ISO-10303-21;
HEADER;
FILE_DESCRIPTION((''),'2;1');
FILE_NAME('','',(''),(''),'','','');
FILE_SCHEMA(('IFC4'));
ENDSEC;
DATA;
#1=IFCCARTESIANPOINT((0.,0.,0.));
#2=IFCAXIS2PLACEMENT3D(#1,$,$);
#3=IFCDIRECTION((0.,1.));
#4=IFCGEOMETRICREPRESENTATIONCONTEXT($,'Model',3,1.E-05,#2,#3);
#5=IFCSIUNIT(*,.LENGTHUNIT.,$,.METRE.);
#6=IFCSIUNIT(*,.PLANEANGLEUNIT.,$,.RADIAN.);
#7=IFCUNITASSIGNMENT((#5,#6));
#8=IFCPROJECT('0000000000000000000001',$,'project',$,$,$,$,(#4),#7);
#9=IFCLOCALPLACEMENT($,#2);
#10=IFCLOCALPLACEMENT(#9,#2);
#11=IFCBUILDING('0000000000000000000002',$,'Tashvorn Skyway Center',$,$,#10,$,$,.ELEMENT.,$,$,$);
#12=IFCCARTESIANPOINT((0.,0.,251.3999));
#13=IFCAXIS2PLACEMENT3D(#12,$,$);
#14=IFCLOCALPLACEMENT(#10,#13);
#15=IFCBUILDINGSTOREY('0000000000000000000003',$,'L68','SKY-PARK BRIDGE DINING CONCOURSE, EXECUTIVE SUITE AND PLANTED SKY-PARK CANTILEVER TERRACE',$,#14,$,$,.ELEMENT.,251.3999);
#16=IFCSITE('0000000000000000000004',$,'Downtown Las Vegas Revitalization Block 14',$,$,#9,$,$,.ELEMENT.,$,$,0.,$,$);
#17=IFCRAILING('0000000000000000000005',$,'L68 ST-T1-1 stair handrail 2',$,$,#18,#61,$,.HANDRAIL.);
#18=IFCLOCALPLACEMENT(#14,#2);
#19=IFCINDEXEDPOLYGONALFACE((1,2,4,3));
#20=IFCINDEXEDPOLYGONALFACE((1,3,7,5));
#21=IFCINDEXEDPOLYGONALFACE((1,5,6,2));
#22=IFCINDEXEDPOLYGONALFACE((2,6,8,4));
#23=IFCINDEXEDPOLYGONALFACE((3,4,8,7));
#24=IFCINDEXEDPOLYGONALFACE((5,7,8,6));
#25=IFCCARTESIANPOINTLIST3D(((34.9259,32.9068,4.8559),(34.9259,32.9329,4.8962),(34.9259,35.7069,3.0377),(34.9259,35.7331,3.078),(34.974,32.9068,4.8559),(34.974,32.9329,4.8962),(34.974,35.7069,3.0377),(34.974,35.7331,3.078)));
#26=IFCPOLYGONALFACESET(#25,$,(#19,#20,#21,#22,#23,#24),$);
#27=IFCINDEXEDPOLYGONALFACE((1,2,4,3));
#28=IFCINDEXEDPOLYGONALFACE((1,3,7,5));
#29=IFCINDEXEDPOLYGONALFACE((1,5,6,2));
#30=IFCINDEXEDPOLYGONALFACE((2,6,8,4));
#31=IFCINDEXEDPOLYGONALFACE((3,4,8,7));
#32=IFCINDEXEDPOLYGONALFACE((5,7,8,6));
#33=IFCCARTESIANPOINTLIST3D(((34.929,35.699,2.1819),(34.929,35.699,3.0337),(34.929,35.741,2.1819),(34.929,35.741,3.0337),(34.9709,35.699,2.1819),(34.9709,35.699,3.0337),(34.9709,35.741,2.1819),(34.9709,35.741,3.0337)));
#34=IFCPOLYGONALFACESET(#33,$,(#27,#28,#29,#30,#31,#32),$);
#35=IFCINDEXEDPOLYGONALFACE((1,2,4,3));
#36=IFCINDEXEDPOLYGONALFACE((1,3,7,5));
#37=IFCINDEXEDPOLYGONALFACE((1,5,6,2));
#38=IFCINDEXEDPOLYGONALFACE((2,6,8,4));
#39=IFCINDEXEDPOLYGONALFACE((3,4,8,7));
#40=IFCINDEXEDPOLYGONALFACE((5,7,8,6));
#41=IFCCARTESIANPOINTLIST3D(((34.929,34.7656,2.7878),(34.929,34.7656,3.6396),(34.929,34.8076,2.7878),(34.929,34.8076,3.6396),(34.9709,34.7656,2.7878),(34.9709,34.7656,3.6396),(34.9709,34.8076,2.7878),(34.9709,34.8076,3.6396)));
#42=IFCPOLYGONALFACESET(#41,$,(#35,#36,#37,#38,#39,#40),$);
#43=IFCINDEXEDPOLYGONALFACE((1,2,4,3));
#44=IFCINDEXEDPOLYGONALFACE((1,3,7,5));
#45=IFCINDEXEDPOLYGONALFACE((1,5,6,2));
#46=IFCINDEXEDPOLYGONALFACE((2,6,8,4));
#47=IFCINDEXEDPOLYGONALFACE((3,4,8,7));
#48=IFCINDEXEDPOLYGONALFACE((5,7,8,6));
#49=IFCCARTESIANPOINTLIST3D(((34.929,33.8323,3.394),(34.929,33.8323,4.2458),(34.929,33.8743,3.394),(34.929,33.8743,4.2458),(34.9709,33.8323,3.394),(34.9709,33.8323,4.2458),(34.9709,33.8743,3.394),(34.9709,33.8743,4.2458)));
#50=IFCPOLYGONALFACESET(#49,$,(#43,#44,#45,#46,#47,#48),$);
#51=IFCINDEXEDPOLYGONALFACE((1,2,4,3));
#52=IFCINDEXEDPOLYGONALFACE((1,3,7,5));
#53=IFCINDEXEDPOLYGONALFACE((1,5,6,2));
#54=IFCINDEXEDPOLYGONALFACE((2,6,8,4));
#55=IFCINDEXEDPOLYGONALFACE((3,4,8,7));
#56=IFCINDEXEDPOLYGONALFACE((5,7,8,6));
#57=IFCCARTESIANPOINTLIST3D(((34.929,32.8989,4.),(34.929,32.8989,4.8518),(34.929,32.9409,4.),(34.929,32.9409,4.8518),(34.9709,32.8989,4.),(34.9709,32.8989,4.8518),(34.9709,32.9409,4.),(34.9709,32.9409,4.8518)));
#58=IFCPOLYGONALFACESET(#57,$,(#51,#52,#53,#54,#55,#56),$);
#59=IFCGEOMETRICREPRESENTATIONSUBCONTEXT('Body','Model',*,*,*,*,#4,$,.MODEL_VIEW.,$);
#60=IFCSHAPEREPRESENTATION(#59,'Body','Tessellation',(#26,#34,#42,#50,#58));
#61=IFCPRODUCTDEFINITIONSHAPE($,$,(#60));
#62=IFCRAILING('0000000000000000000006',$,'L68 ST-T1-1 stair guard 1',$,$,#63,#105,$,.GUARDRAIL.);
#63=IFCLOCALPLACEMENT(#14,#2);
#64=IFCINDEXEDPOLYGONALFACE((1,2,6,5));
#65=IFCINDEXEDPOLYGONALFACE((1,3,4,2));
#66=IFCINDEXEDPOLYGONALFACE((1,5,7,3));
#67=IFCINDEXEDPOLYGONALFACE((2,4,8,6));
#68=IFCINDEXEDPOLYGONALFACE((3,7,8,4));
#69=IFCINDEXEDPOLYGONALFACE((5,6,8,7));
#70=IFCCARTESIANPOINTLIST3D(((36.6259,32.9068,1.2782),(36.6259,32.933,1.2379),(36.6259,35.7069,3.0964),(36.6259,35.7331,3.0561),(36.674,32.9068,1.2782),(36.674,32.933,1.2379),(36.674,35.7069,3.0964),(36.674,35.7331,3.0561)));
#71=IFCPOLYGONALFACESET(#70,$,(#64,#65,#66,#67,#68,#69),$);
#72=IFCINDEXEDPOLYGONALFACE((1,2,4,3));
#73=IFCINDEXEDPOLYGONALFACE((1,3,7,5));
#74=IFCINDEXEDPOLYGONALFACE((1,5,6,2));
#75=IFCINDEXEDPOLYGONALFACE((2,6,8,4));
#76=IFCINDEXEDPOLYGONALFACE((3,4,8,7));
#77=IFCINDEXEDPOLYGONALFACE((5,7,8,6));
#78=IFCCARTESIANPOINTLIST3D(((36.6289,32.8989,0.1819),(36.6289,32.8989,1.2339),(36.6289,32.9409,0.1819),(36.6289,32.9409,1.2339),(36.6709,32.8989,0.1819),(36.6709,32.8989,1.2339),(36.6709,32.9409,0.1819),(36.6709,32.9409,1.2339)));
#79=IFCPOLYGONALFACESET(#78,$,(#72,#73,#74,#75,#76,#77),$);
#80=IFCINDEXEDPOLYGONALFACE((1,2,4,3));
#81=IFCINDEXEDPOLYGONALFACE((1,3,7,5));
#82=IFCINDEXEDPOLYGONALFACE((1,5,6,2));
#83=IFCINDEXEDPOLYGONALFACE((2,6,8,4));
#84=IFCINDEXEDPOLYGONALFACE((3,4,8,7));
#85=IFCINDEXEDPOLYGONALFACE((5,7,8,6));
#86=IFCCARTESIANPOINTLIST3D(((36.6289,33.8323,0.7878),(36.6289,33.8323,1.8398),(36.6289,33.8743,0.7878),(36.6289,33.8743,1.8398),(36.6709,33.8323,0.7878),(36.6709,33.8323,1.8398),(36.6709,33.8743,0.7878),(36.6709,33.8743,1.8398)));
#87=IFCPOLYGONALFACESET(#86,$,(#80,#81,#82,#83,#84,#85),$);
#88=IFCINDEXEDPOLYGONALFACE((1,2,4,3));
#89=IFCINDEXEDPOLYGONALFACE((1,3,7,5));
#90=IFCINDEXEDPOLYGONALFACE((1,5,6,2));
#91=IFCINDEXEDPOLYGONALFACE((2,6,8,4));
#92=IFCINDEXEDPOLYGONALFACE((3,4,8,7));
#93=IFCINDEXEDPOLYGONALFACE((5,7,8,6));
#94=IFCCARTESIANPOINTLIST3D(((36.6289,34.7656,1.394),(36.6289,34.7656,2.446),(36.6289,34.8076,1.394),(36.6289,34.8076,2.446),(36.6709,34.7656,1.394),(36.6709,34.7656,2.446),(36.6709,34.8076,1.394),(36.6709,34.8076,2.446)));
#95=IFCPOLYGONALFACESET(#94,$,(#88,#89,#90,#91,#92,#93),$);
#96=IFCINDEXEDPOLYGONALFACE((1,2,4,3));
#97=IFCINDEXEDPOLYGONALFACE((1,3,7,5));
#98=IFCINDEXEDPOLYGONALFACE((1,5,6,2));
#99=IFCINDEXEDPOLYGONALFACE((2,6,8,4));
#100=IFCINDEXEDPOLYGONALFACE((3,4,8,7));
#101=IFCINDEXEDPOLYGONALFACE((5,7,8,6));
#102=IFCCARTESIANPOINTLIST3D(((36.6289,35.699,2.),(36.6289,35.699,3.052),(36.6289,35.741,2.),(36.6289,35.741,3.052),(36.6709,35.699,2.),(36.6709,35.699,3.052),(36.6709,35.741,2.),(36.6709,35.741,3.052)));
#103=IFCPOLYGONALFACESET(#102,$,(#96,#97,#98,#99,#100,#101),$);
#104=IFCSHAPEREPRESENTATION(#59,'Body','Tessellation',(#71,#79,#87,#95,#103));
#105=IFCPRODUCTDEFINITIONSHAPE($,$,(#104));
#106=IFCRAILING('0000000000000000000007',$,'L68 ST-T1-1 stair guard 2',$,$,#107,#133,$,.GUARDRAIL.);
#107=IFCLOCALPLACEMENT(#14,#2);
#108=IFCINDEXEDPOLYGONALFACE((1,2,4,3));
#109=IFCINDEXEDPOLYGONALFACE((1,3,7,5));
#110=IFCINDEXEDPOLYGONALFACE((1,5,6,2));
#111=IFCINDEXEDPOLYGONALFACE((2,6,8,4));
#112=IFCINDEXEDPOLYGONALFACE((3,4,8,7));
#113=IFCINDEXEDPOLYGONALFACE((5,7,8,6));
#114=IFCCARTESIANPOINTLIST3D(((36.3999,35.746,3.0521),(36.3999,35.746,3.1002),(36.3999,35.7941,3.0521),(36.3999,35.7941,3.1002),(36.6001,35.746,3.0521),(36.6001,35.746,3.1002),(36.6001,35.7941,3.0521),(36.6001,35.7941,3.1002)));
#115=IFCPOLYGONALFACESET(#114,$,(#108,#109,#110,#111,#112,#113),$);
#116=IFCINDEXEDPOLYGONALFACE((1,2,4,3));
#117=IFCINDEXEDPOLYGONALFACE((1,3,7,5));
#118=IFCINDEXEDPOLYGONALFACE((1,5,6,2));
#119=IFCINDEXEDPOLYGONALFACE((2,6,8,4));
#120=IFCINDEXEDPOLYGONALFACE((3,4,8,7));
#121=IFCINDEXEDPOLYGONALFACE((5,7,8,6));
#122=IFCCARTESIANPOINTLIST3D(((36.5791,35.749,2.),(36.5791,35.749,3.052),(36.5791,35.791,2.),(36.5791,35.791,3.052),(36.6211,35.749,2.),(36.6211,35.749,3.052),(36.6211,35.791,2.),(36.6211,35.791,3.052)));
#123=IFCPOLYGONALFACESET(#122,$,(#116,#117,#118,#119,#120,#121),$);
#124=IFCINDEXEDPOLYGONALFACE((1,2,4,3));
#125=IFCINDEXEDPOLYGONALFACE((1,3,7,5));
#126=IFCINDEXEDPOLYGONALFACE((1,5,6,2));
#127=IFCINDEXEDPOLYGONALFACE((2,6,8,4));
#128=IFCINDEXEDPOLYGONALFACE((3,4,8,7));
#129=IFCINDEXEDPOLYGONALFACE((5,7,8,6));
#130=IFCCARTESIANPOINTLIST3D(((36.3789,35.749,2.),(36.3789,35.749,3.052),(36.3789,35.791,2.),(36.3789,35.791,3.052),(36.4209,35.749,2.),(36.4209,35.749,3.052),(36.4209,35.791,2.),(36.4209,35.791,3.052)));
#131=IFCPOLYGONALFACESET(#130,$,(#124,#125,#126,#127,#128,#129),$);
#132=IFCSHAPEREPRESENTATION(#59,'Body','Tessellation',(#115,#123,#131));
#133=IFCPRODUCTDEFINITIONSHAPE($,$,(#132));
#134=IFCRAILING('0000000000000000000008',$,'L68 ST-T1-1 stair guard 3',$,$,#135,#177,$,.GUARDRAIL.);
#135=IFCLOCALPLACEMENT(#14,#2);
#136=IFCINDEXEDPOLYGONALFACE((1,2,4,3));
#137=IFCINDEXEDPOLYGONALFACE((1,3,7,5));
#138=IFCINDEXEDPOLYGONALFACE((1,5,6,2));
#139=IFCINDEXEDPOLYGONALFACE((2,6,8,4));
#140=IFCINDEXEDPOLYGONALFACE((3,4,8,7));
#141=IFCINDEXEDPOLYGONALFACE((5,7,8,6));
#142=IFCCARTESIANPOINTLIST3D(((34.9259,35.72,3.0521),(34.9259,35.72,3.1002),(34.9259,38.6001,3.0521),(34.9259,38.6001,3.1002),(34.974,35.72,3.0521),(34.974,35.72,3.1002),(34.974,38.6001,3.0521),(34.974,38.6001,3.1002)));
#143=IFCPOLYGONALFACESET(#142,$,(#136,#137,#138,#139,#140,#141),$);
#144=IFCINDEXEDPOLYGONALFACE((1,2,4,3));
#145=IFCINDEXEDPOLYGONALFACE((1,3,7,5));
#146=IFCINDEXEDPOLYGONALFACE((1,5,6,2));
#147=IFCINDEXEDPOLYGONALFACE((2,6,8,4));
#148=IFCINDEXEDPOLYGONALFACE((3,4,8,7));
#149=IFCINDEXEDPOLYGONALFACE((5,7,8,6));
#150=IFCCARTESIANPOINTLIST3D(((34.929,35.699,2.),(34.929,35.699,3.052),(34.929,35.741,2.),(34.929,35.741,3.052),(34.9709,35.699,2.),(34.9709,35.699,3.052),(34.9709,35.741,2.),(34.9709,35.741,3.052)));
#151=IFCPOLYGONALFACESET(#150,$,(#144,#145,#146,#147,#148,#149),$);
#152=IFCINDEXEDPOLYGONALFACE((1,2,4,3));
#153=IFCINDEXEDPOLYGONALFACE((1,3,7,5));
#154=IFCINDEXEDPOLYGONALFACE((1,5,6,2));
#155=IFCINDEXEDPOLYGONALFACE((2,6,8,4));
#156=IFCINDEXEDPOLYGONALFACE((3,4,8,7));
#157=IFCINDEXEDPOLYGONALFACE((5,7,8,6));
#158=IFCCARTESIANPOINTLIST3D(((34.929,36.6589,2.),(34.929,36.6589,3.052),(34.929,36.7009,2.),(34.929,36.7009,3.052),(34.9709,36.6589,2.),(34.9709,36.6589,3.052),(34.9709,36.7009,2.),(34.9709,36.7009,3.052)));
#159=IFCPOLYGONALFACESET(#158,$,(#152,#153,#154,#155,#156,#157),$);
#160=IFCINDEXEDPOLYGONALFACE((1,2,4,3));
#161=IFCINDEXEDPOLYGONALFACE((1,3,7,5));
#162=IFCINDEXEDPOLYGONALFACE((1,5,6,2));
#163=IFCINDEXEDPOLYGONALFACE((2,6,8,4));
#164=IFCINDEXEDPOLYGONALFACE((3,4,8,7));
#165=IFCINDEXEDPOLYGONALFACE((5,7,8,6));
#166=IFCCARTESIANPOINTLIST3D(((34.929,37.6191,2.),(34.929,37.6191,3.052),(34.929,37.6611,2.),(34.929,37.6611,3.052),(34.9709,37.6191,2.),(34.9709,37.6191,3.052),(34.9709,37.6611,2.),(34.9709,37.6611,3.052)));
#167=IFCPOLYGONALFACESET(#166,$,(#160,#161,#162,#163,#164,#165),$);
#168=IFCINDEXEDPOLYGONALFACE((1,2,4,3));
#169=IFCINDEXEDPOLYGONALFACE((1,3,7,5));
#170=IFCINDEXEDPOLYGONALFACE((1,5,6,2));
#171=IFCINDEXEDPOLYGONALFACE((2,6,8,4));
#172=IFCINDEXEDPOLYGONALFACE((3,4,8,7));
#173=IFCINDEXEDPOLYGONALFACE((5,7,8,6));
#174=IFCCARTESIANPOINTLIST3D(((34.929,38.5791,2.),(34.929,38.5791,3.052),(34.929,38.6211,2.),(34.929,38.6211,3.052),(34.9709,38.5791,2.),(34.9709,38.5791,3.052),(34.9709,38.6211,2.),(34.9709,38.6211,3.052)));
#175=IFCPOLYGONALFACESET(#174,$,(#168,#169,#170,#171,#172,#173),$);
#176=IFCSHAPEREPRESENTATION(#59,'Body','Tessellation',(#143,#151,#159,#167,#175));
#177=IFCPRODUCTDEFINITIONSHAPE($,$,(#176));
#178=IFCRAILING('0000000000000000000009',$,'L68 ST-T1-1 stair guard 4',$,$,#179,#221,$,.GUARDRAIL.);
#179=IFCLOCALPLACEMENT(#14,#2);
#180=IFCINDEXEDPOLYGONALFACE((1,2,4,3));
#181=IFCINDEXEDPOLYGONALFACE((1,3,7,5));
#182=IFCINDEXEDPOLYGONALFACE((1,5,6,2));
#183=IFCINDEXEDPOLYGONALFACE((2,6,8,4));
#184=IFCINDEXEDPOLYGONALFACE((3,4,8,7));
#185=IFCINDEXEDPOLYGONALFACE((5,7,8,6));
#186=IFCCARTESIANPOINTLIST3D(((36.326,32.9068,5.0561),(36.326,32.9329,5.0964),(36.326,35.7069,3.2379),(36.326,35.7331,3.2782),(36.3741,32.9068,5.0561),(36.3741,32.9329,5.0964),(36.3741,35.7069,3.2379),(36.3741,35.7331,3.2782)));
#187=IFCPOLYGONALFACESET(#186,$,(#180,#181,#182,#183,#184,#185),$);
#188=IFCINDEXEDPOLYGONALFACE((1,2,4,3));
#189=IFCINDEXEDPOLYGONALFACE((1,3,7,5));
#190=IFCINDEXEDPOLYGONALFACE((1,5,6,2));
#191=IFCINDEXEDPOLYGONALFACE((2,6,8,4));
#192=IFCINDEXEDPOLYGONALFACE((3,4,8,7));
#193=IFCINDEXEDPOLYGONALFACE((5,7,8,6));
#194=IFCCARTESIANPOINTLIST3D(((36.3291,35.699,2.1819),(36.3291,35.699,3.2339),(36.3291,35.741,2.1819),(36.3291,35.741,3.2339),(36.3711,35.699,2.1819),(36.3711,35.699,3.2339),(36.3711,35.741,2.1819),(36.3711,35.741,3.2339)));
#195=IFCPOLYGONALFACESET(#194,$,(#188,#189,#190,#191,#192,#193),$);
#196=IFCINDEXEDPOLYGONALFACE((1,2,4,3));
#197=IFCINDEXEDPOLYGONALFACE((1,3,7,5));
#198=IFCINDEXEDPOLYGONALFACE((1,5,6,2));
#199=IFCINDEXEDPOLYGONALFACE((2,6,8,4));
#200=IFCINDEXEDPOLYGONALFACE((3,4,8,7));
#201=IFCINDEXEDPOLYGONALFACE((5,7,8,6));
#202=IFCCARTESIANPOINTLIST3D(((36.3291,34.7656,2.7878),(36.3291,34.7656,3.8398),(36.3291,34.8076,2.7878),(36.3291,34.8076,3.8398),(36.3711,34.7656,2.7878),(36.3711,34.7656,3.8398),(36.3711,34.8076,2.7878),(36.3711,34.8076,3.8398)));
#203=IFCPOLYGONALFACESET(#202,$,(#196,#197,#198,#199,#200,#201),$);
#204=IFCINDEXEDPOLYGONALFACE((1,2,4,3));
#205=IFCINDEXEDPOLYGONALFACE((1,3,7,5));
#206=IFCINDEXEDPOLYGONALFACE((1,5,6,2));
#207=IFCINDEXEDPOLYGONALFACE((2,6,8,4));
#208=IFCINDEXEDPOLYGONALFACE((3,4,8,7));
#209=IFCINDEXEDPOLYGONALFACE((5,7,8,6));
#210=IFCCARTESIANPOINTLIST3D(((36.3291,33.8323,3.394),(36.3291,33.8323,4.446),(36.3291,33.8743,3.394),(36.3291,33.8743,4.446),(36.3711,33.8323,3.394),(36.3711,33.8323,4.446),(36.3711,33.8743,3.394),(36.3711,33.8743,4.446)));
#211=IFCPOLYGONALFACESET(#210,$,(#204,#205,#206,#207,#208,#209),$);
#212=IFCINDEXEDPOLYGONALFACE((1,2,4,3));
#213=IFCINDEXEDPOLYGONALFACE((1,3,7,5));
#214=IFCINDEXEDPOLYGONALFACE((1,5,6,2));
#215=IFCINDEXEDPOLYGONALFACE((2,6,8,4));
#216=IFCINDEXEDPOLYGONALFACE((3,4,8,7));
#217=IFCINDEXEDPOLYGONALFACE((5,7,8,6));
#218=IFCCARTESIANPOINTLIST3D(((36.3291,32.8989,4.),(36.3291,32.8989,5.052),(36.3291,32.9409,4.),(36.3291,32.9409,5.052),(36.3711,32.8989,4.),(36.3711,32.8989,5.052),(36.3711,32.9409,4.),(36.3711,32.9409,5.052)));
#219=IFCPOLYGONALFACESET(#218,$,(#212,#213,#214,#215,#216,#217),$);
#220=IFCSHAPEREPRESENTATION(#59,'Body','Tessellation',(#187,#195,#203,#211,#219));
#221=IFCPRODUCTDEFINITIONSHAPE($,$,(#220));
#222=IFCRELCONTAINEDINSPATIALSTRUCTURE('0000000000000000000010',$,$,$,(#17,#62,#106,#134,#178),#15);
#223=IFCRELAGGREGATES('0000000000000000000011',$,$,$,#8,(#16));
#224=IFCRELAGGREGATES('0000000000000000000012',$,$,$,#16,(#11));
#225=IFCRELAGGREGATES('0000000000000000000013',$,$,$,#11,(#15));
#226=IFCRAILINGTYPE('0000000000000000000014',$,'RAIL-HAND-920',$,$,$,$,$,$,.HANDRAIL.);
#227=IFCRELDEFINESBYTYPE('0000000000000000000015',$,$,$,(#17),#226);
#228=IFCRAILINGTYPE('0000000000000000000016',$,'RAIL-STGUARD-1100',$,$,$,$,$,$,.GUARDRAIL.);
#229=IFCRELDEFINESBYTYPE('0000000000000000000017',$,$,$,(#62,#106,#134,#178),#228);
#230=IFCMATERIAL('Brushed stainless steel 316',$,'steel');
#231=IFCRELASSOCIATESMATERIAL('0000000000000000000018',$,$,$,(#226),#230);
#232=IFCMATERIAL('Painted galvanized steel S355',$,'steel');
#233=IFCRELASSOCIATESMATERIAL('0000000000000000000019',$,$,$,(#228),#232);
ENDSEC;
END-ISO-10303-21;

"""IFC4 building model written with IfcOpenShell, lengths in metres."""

from ifc_helpers import new_model, si_unit, direction, frame, origin, origin_2d, place, context, subcontext, project, spatial, rectangle, extrude, material, type_object, element, save


model = new_model("IFC4")

# Units and contexts
model_context = context("Model", 3, precision=1e-05, world=origin(), true_north=direction((0.0, 1.0)))
body_context = subcontext(model_context, "Body", "Model", "MODEL_VIEW")
ifc_project = project(units=[si_unit("LENGTHUNIT", "METRE"), si_unit("PLANEANGLEUNIT", "RADIAN")], contexts=[model_context])

# Site, building, storey
site_placement = place(None, origin())
site = spatial("IfcSite", under=ifc_project, at=site_placement, Name="Downtown Las Vegas Revitalization Block 14", CompositionType="ELEMENT", RefElevation=0.0)
building_placement = place(site_placement, origin())
building = spatial("IfcBuilding", under=site, at=building_placement, Name="Tashvorn Skyway Center", CompositionType="ELEMENT")
storey_placement = place(building_placement, frame((0.0, 0.0, 251.3999)))
storey = spatial("IfcBuildingStorey", under=building, at=storey_placement, Name="L68", Description="SKY-PARK BRIDGE DINING CONCOURSE, EXECUTIVE SUITE AND PLANTED SKY-PARK CANTILEVER TERRACE", CompositionType="ELEMENT", Elevation=251.3999)

# Railings
ifc_material_1 = material(Name="Brushed stainless steel 316", Category="steel")
railing_type_1 = type_object("IfcRailingType", Name="RAIL-HAND-920", PredefinedType="HANDRAIL", material=ifc_material_1)
railing_1_placement = place(storey_placement, frame((34.95, 35.72, 2.1819)))
element("IfcRailing", 1, at=railing_1_placement, inside=storey, type_object=railing_type_1, Name="L68 ST-T1-1 stair handrail 2", PredefinedType="HANDRAIL", context=body_context, shape_type="SweptSolid", body=[
    extrude(rectangle(XDim=0.0481, YDim=0.0481, at=origin_2d()), frame((0.0, 0.0, 0.876), z_axis=(0.0, -0.838706, 0.544585), x_axis=(1.0, 0.0, 0.0)), (0.0, 0.0, 1.0), 3.3386),
    extrude(rectangle(XDim=0.042, YDim=0.042, at=origin_2d()), origin(), (0.0, 0.0, 1.0), 0.8518),
    extrude(rectangle(XDim=0.042, YDim=0.042, at=origin_2d()), frame((0.0, -0.9333, 0.606)), (0.0, 0.0, 1.0), 0.8518),
    extrude(rectangle(XDim=0.042, YDim=0.042, at=origin_2d()), frame((0.0, -1.8667, 1.2122)), (0.0, 0.0, 1.0), 0.8518),
    extrude(rectangle(XDim=0.042, YDim=0.042, at=origin_2d()), frame((0.0, -2.8, 1.8181)), (0.0, 0.0, 1.0), 0.8518),
])
ifc_material_2 = material(Name="Painted galvanized steel S355", Category="steel")
railing_type_2 = type_object("IfcRailingType", Name="RAIL-STGUARD-1100", PredefinedType="GUARDRAIL", material=ifc_material_2)
railing_2_placement = place(storey_placement, frame((36.6499, 32.9199, 0.1819)))
element("IfcRailing", 2, at=railing_2_placement, inside=storey, type_object=railing_type_2, Name="L68 ST-T1-1 stair guard 1", PredefinedType="GUARDRAIL", context=body_context, shape_type="SweptSolid", body=[
    extrude(rectangle(XDim=0.0481, YDim=0.0481, at=origin_2d()), frame((0.0, 0.0, 1.0762), z_axis=(0.0, 0.838706, 0.544585), x_axis=(-1.0, 0.0, 0.0)), (0.0, 0.0, 1.0), 3.3386),
    extrude(rectangle(XDim=0.042, YDim=0.042, at=origin_2d()), origin(), (0.0, 0.0, 1.0), 1.052),
    extrude(rectangle(XDim=0.042, YDim=0.042, at=origin_2d()), frame((0.0, 0.9333, 0.606)), (0.0, 0.0, 1.0), 1.052),
    extrude(rectangle(XDim=0.042, YDim=0.042, at=origin_2d()), frame((0.0, 1.8667, 1.2122)), (0.0, 0.0, 1.0), 1.052),
    extrude(rectangle(XDim=0.042, YDim=0.042, at=origin_2d()), frame((0.0, 2.8, 1.8181)), (0.0, 0.0, 1.0), 1.052),
])
railing_3_placement = place(storey_placement, frame((36.6001, 35.77, 2.0)))
element("IfcRailing", 3, at=railing_3_placement, inside=storey, type_object=railing_type_2, Name="L68 ST-T1-1 stair guard 2", PredefinedType="GUARDRAIL", context=body_context, shape_type="SweptSolid", body=[
    extrude(rectangle(XDim=0.0481, YDim=0.0481, at=origin_2d()), frame((0.0, 0.0, 1.0762), z_axis=(-1.0, 0.0, 0.0), x_axis=(0.0, -1.0, 0.0)), (0.0, 0.0, 1.0), 0.2002),
    extrude(rectangle(XDim=0.042, YDim=0.042, at=origin_2d()), origin(), (0.0, 0.0, 1.0), 1.052),
    extrude(rectangle(XDim=0.042, YDim=0.042, at=origin_2d()), frame((-0.2002, 0.0, 0.0)), (0.0, 0.0, 1.0), 1.052),
])
railing_4_placement = place(storey_placement, frame((34.95, 35.72, 2.0)))
element("IfcRailing", 4, at=railing_4_placement, inside=storey, type_object=railing_type_2, Name="L68 ST-T1-1 stair guard 3", PredefinedType="GUARDRAIL", context=body_context, shape_type="SweptSolid", body=[
    extrude(rectangle(XDim=0.0481, YDim=0.0481, at=origin_2d()), frame((0.0, 0.0, 1.0762), z_axis=(0.0, 1.0, 0.0), x_axis=(-1.0, 0.0, 0.0)), (0.0, 0.0, 1.0), 2.8801),
    extrude(rectangle(XDim=0.042, YDim=0.042, at=origin_2d()), origin(), (0.0, 0.0, 1.0), 1.052),
    extrude(rectangle(XDim=0.042, YDim=0.042, at=origin_2d()), frame((0.0, 0.96, 0.0)), (0.0, 0.0, 1.0), 1.052),
    extrude(rectangle(XDim=0.042, YDim=0.042, at=origin_2d()), frame((0.0, 1.9202, 0.0)), (0.0, 0.0, 1.0), 1.052),
    extrude(rectangle(XDim=0.042, YDim=0.042, at=origin_2d()), frame((0.0, 2.8801, 0.0)), (0.0, 0.0, 1.0), 1.052),
])
railing_5_placement = place(storey_placement, frame((36.3501, 35.72, 2.1819)))
element("IfcRailing", 5, at=railing_5_placement, inside=storey, type_object=railing_type_2, Name="L68 ST-T1-1 stair guard 4", PredefinedType="GUARDRAIL", context=body_context, shape_type="SweptSolid", body=[
    extrude(rectangle(XDim=0.0481, YDim=0.0481, at=origin_2d()), frame((0.0, 0.0, 1.0762), z_axis=(0.0, -0.838706, 0.544585), x_axis=(1.0, 0.0, 0.0)), (0.0, 0.0, 1.0), 3.3386),
    extrude(rectangle(XDim=0.042, YDim=0.042, at=origin_2d()), origin(), (0.0, 0.0, 1.0), 1.052),
    extrude(rectangle(XDim=0.042, YDim=0.042, at=origin_2d()), frame((0.0, -0.9333, 0.606)), (0.0, 0.0, 1.0), 1.052),
    extrude(rectangle(XDim=0.042, YDim=0.042, at=origin_2d()), frame((0.0, -1.8667, 1.2122)), (0.0, 0.0, 1.0), 1.052),
    extrude(rectangle(XDim=0.042, YDim=0.042, at=origin_2d()), frame((0.0, -2.8, 1.8181)), (0.0, 0.0, 1.0), 1.052),
])

save(model, "model.ifc")
